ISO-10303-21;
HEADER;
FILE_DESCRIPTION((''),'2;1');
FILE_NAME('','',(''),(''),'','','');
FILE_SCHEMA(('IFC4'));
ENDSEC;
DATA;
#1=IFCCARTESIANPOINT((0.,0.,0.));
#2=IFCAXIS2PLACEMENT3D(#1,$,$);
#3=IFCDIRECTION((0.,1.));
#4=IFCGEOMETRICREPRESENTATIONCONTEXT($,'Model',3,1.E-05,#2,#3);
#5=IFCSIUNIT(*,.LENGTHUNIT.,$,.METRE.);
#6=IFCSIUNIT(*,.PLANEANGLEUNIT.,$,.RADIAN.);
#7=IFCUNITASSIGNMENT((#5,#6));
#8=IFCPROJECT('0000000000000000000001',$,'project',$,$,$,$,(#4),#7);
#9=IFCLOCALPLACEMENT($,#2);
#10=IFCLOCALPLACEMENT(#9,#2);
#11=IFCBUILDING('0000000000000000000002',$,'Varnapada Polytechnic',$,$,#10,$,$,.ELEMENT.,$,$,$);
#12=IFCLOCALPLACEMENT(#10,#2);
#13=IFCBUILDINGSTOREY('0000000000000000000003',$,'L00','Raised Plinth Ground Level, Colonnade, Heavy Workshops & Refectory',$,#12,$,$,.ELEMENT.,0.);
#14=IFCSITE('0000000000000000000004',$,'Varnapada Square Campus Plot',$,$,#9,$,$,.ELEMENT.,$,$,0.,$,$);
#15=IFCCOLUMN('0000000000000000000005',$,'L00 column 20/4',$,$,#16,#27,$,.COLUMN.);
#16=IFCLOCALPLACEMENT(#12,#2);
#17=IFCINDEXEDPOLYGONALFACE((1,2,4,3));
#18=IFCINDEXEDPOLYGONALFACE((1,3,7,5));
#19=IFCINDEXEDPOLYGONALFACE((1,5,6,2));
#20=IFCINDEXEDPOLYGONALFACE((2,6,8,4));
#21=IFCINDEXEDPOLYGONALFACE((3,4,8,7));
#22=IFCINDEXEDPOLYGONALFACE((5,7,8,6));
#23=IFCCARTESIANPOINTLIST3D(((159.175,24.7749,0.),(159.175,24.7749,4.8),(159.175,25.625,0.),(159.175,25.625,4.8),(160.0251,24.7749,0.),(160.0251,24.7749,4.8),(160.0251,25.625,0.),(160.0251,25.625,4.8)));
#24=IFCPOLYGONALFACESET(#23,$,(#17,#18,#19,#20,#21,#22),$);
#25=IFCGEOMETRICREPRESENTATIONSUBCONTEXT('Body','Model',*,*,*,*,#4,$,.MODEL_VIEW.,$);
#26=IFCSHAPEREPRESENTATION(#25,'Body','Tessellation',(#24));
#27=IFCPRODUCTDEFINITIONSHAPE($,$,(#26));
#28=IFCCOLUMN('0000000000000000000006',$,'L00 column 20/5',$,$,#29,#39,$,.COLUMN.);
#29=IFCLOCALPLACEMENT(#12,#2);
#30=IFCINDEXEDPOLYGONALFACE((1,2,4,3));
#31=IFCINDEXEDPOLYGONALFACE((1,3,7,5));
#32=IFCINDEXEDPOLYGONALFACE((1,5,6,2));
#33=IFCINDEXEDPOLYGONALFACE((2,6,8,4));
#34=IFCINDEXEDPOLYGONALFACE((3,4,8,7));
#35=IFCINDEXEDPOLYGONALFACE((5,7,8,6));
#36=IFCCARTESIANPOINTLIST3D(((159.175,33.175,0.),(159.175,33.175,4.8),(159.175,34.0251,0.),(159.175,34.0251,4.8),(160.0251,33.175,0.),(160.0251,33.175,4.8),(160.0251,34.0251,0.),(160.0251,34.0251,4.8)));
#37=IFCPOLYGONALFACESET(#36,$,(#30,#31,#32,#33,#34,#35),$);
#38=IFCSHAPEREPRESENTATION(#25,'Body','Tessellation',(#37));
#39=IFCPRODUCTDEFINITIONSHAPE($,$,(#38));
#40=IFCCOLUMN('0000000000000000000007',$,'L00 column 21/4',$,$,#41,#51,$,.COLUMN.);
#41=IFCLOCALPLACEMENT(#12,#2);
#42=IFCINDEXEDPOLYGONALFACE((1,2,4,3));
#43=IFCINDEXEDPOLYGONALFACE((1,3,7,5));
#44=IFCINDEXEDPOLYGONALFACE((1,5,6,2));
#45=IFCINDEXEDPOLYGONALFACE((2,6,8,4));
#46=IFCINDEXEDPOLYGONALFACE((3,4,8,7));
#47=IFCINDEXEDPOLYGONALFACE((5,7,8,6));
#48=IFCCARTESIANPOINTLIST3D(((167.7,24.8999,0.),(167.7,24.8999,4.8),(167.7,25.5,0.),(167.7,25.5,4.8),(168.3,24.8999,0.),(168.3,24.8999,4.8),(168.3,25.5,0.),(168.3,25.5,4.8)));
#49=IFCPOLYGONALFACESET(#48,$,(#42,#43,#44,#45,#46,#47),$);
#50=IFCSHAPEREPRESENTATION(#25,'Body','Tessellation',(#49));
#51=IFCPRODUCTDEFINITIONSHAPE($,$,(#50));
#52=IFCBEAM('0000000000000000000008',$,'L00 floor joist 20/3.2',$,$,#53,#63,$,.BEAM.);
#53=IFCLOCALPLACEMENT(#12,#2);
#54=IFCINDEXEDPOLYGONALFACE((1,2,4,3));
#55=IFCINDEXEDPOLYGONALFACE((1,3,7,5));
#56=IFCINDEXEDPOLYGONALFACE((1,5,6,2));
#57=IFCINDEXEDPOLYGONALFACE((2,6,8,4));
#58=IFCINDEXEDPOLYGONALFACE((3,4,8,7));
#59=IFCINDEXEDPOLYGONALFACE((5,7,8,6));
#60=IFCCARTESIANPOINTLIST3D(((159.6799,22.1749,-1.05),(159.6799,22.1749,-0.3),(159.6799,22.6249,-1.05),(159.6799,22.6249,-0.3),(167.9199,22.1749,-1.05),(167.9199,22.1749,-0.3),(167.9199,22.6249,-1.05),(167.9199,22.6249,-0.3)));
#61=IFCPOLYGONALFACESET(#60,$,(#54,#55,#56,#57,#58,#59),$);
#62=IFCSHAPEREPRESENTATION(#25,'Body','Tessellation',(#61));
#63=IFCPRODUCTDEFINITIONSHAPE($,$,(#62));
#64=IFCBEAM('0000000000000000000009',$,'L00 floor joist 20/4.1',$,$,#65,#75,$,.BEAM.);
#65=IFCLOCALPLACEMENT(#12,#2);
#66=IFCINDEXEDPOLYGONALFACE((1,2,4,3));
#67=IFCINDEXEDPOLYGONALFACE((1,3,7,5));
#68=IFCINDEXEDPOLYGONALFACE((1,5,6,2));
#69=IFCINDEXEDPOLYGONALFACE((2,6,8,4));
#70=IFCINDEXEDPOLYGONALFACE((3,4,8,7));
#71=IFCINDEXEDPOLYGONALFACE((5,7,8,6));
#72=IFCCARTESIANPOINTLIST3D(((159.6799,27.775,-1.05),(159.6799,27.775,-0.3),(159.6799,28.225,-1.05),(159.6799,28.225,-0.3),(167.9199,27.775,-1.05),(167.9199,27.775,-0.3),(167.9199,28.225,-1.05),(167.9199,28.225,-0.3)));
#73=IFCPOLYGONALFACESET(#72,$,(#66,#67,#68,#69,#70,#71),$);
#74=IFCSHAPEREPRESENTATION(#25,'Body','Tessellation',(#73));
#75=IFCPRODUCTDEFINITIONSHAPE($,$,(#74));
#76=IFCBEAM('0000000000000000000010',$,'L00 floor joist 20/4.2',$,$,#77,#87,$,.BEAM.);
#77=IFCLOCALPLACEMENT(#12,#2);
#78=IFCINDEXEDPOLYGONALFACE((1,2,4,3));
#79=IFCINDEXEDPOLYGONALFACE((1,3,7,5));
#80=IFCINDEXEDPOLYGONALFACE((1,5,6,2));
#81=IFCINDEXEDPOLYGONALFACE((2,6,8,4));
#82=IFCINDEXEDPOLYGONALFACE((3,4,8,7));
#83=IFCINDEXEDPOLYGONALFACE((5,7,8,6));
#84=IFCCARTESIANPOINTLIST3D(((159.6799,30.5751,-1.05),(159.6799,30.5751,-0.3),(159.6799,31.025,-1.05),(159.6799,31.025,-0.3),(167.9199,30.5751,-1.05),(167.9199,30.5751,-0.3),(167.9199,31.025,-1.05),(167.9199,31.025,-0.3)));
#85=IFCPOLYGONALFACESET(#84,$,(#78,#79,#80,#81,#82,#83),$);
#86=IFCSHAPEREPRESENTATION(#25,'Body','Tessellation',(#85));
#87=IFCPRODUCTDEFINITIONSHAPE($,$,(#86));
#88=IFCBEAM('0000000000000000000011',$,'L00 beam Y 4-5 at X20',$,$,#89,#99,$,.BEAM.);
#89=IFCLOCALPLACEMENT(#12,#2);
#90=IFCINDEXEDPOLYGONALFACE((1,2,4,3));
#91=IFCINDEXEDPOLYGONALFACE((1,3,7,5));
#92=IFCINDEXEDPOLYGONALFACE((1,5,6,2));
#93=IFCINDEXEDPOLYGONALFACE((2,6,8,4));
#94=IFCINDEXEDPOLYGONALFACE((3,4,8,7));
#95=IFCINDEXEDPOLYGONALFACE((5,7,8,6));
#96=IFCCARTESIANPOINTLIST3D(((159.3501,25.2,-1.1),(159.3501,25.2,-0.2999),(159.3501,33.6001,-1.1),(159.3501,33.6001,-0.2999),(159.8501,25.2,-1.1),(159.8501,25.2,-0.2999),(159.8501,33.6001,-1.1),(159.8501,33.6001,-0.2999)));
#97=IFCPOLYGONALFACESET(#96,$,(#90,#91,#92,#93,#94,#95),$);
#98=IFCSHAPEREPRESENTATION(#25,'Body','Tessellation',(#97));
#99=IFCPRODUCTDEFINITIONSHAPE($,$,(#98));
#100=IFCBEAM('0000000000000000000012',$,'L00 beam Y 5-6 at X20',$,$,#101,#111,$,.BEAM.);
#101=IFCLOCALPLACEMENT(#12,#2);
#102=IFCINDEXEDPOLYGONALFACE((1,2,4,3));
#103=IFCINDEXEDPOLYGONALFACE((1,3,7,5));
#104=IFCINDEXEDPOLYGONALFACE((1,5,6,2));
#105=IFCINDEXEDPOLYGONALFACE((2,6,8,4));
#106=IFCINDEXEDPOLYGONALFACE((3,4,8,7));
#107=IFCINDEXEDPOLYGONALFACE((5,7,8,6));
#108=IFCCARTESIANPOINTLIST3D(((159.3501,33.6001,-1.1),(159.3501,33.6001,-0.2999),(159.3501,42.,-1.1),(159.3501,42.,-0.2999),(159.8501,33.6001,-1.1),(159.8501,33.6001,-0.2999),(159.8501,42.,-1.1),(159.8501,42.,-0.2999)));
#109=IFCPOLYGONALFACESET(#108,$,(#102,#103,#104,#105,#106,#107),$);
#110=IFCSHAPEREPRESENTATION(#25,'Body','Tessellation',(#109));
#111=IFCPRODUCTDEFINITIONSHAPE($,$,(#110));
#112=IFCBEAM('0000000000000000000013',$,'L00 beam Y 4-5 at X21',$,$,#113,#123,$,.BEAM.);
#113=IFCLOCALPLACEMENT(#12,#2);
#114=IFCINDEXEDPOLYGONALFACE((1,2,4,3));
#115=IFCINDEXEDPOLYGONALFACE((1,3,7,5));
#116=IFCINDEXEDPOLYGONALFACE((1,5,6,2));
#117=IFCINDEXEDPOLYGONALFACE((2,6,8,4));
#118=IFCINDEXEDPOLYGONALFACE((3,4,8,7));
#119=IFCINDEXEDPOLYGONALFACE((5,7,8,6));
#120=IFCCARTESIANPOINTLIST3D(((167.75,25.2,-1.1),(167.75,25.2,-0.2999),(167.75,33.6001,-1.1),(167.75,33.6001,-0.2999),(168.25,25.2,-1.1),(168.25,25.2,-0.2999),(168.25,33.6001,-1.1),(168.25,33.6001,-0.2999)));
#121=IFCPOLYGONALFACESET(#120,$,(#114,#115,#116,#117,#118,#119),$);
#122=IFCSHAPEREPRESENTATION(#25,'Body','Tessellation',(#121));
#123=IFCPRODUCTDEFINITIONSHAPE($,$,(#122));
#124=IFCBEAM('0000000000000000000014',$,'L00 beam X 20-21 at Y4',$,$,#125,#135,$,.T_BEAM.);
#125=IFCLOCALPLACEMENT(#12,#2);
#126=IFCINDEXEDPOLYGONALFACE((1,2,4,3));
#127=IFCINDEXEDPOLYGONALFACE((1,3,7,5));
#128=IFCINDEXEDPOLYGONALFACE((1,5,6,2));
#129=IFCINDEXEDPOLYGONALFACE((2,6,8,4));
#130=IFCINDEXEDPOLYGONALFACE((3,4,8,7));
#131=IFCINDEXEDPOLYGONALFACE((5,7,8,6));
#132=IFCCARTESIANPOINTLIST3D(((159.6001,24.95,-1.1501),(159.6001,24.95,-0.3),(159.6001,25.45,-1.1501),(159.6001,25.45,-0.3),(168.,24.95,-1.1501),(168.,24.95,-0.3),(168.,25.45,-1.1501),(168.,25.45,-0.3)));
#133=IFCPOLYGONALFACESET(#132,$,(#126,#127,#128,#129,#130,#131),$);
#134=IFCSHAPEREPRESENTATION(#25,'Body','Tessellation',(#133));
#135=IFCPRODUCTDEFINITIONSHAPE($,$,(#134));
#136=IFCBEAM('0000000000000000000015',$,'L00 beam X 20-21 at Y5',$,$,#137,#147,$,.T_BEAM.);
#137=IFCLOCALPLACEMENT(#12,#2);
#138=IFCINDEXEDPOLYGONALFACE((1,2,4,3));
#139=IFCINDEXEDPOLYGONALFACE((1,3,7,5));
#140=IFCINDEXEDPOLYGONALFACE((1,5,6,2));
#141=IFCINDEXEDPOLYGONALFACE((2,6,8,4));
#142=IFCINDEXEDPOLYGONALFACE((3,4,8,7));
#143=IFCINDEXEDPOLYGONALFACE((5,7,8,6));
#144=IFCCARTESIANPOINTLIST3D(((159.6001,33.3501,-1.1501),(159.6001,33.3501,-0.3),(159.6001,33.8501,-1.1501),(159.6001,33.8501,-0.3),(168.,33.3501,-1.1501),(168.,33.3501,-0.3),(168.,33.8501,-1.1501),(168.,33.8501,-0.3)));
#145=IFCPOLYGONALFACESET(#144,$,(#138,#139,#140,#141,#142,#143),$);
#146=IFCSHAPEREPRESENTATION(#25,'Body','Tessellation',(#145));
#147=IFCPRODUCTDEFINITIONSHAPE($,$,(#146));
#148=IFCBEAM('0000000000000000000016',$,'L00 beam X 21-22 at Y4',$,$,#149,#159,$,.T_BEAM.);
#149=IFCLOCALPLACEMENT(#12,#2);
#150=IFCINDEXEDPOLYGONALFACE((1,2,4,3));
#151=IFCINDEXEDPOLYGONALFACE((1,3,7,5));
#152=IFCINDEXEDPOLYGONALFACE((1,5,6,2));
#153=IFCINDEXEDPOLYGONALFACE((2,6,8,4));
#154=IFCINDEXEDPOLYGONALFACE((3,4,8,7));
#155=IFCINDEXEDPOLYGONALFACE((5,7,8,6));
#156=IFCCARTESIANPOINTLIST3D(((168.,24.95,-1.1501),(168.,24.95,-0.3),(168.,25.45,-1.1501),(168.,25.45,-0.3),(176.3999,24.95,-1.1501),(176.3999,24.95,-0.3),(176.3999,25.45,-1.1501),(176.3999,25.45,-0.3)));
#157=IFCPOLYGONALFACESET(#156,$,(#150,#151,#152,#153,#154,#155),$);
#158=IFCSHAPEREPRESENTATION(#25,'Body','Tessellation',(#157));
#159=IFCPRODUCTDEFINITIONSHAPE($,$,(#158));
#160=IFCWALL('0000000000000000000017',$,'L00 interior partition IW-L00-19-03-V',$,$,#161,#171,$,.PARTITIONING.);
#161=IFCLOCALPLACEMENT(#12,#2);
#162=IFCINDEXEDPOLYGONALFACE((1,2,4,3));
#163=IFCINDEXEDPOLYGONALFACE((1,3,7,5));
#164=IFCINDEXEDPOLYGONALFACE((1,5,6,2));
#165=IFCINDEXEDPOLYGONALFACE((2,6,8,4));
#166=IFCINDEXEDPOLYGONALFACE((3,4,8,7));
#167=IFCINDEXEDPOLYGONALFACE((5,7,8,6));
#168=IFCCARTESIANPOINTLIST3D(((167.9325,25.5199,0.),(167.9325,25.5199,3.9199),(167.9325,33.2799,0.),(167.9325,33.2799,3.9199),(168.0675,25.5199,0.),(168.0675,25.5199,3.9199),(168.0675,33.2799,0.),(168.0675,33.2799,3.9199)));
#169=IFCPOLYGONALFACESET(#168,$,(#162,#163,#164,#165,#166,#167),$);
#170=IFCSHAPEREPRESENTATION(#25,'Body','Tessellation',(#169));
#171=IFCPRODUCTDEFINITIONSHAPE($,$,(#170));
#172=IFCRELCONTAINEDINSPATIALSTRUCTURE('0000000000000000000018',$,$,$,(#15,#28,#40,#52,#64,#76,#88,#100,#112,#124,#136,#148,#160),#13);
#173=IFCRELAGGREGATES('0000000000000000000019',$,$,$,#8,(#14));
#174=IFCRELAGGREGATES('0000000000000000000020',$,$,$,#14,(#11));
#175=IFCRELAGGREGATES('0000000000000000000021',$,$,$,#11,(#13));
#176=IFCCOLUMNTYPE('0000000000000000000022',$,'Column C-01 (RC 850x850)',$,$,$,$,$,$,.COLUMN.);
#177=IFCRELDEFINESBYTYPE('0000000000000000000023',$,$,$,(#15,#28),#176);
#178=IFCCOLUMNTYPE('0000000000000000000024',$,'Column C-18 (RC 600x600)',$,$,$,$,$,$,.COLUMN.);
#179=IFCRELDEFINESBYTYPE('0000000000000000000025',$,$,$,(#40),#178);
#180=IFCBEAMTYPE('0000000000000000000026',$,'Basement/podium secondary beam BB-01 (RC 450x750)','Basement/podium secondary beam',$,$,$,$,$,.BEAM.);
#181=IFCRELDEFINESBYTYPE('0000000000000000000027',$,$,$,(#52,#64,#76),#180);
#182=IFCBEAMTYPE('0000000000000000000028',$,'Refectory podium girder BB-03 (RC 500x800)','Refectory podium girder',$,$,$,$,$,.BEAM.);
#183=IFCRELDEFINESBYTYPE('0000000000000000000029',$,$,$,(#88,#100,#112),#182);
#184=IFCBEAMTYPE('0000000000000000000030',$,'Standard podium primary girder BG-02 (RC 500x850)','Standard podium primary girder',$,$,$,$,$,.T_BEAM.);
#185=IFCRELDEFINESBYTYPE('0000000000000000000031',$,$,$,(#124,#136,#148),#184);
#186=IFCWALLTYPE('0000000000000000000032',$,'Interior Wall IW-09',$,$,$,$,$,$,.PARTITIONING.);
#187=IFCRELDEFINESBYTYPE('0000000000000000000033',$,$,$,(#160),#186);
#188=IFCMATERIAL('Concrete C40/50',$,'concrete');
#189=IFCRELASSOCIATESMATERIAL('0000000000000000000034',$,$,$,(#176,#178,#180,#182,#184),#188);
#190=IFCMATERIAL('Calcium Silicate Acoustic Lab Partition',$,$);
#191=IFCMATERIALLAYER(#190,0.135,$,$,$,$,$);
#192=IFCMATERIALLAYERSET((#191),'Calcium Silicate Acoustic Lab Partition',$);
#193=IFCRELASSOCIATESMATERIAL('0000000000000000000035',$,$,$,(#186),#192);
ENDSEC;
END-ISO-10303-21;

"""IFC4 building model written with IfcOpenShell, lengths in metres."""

from ifc_helpers import new_model, si_unit, direction, frame, frame_2d, origin, origin_2d, place, context, subcontext, project, spatial, rectangle, extrude, material, layer, layer_set, material_profile, profile_set, type_object, element, save


model = new_model("IFC4")

# Units and contexts
model_context = context("Model", 3, precision=1e-05, world=origin(), true_north=direction((0.0, 1.0)))
body_context = subcontext(model_context, "Body", "Model", "MODEL_VIEW")
ifc_project = project(units=[si_unit("LENGTHUNIT", "METRE"), si_unit("PLANEANGLEUNIT", "RADIAN")], contexts=[model_context])

# Site, building, storey
site_placement = place(None, origin())
site = spatial("IfcSite", under=ifc_project, at=site_placement, Name="Varnapada Square Campus Plot", CompositionType="ELEMENT", RefElevation=0.0)
building_placement = place(site_placement, origin())
building = spatial("IfcBuilding", under=site, at=building_placement, Name="Varnapada Polytechnic", CompositionType="ELEMENT")
storey_placement = place(building_placement, origin())
storey = spatial("IfcBuildingStorey", under=building, at=storey_placement, Name="L00", Description="Raised Plinth Ground Level, Colonnade, Heavy Workshops & Refectory", CompositionType="ELEMENT", Elevation=0.0)

# Columns
ifc_material_1 = material(Name="Concrete C40/50", Category="concrete")
ifc_material_profile_1 = material_profile(ifc_material_1, rectangle(XDim=0.8501, YDim=0.8501, at=origin_2d()), Name="RC 850x850")
ifc_profile_set_1 = profile_set([ifc_material_profile_1], Name="Concrete C40/50")
column_type_1 = type_object("IfcColumnType", Name="Column C-01 (RC 850x850)", PredefinedType="COLUMN", material=ifc_profile_set_1)
for number, where, z_axis, x_axis, name in (
    (1, (159.6001, 25.2, 0.0), (0.0, 0.0, 1.0), (1.0, 0.0, 0.0), "L00 column 20/4"),
    (2, (159.6001, 33.6001, 0.0), (0.0, 0.0, 1.0), (1.0, 0.0, 0.0), "L00 column 20/5"),
):
    element("IfcColumn", number, at=place(storey_placement, frame(where, z_axis=z_axis, x_axis=x_axis)), inside=storey, type_object=column_type_1, Name=name, PredefinedType="COLUMN", context=body_context, shape_type="SweptSolid", body=[
        extrude(rectangle(XDim=0.8501, YDim=0.8501, at=origin_2d()), origin(), (0.0, 0.0, 1.0), 4.8),
    ])
ifc_material_profile_2 = material_profile(ifc_material_1, rectangle(XDim=0.6001, YDim=0.6001, at=origin_2d()), Name="RC 600x600")
ifc_profile_set_2 = profile_set([ifc_material_profile_2], Name="Concrete C40/50")
column_type_2 = type_object("IfcColumnType", Name="Column C-18 (RC 600x600)", PredefinedType="COLUMN", material=ifc_profile_set_2)
column_placement = place(storey_placement, frame((168.0, 25.2, 0.0), z_axis=(0.0, 0.0, 1.0), x_axis=(1.0, 0.0, 0.0)))
element("IfcColumn", 3, at=column_placement, inside=storey, type_object=column_type_2, Name="L00 column 21/4", PredefinedType="COLUMN", context=body_context, shape_type="SweptSolid", body=[
    extrude(rectangle(XDim=0.6001, YDim=0.6001, at=origin_2d()), origin(), (0.0, 0.0, 1.0), 4.8),
])

# Beams
ifc_material_profile_3 = material_profile(ifc_material_1, rectangle(XDim=0.45, YDim=0.75, at=origin_2d()), Name="RC 450x750")
ifc_profile_set_3 = profile_set([ifc_material_profile_3], Name="Concrete C40/50")
beam_type_1 = type_object("IfcBeamType", Name="Basement/podium secondary beam BB-01 (RC 450x750)", Description="Basement/podium secondary beam", PredefinedType="BEAM", material=ifc_profile_set_3)
for number, where, z_axis, x_axis, name in (
    (4, (159.6799, 22.3999, -0.675), (1.0, 0.0, 0.0), (0.0, 1.0, 0.0), "L00 floor joist 20/3.2"),
    (5, (159.6799, 28.0, -0.675), (1.0, 0.0, 0.0), (0.0, 1.0, 0.0), "L00 floor joist 20/4.1"),
    (6, (159.6799, 30.8, -0.675), (1.0, 0.0, 0.0), (0.0, 1.0, 0.0), "L00 floor joist 20/4.2"),
):
    element("IfcBeam", number, at=place(storey_placement, frame(where, z_axis=z_axis, x_axis=x_axis)), inside=storey, type_object=beam_type_1, Name=name, PredefinedType="BEAM", context=body_context, shape_type="SweptSolid", body=[
        extrude(rectangle(XDim=0.45, YDim=0.75, at=origin_2d()), origin(), (0.0, 0.0, 1.0), 8.24),
    ])
ifc_material_profile_4 = material_profile(ifc_material_1, rectangle(XDim=0.5, YDim=0.8, at=origin_2d()), Name="RC 500x800")
ifc_profile_set_4 = profile_set([ifc_material_profile_4], Name="Concrete C40/50")
beam_type_2 = type_object("IfcBeamType", Name="Refectory podium girder BB-03 (RC 500x800)", Description="Refectory podium girder", PredefinedType="BEAM", material=ifc_profile_set_4)
beam_1_placement = place(storey_placement, frame((159.6001, 25.2, -0.7), z_axis=(0.0, 1.0, 0.0), x_axis=(-1.0, 0.0, 0.0)))
element("IfcBeam", 7, at=beam_1_placement, inside=storey, type_object=beam_type_2, Name="L00 beam Y 4-5 at X20", PredefinedType="BEAM", context=body_context, shape_type="SweptSolid", body=[
    extrude(rectangle(XDim=0.5, YDim=0.8, at=origin_2d()), origin(), (0.0, 0.0, 1.0), 8.4001),
])
beam_2_placement = place(storey_placement, frame((159.6001, 33.6001, -0.7), z_axis=(0.0, 1.0, 0.0), x_axis=(-1.0, 0.0, 0.0)))
element("IfcBeam", 8, at=beam_2_placement, inside=storey, type_object=beam_type_2, Name="L00 beam Y 5-6 at X20", PredefinedType="BEAM", context=body_context, shape_type="SweptSolid", body=[
    extrude(rectangle(XDim=0.5, YDim=0.8, at=origin_2d()), origin(), (0.0, 0.0, 1.0), 8.3999),
])
beam_3_placement = place(storey_placement, frame((168.0, 25.2, -0.7), z_axis=(0.0, 1.0, 0.0), x_axis=(-1.0, 0.0, 0.0)))
element("IfcBeam", 9, at=beam_3_placement, inside=storey, type_object=beam_type_2, Name="L00 beam Y 4-5 at X21", PredefinedType="BEAM", context=body_context, shape_type="SweptSolid", body=[
    extrude(rectangle(XDim=0.5, YDim=0.8, at=origin_2d()), origin(), (0.0, 0.0, 1.0), 8.4001),
])
ifc_material_profile_5 = material_profile(ifc_material_1, rectangle(XDim=0.5, YDim=0.8501, at=origin_2d()), Name="RC 500x850")
ifc_profile_set_5 = profile_set([ifc_material_profile_5], Name="Concrete C40/50")
beam_type_3 = type_object("IfcBeamType", Name="Standard podium primary girder BG-02 (RC 500x850)", Description="Standard podium primary girder", PredefinedType="T_BEAM", material=ifc_profile_set_5)
for number, where, z_axis, x_axis, name in (
    (10, (159.6001, 25.2, -0.7251), (1.0, 0.0, 0.0), (0.0, 1.0, 0.0), "L00 beam X 20-21 at Y4"),
    (11, (159.6001, 33.6001, -0.7251), (1.0, 0.0, 0.0), (0.0, 1.0, 0.0), "L00 beam X 20-21 at Y5"),
    (12, (168.0, 25.2, -0.7251), (1.0, 0.0, 0.0), (0.0, 1.0, 0.0), "L00 beam X 21-22 at Y4"),
):
    element("IfcBeam", number, at=place(storey_placement, frame(where, z_axis=z_axis, x_axis=x_axis)), inside=storey, type_object=beam_type_3, Name=name, PredefinedType="T_BEAM", context=body_context, shape_type="SweptSolid", body=[
        extrude(rectangle(XDim=0.5, YDim=0.8501, at=origin_2d()), origin(), (0.0, 0.0, 1.0), 8.3999),
    ])

# Wall
ifc_material_2 = material(Name="Calcium Silicate Acoustic Lab Partition")
ifc_layer = layer(ifc_material_2, 0.135)
ifc_layer_set = layer_set([ifc_layer], Name="Calcium Silicate Acoustic Lab Partition")
wall_type = type_object("IfcWallType", Name="Interior Wall IW-09", PredefinedType="PARTITIONING", material=ifc_layer_set)
wall_placement = place(storey_placement, frame((168.0, 25.52, 0.0), z_axis=(0.0, 0.0, 1.0), x_axis=(0.0, 1.0, 0.0)))
element("IfcWall", 13, at=wall_placement, inside=storey, type_object=wall_type, Name="L00 interior partition IW-L00-19-03-V", PredefinedType="PARTITIONING", context=body_context, shape_type="SweptSolid", body=[
    extrude(rectangle(XDim=7.76, YDim=0.135, at=frame_2d((3.8799, 0.0))), origin(), (0.0, 0.0, 1.0), 3.9199),
])

save(model, "model.ifc")
